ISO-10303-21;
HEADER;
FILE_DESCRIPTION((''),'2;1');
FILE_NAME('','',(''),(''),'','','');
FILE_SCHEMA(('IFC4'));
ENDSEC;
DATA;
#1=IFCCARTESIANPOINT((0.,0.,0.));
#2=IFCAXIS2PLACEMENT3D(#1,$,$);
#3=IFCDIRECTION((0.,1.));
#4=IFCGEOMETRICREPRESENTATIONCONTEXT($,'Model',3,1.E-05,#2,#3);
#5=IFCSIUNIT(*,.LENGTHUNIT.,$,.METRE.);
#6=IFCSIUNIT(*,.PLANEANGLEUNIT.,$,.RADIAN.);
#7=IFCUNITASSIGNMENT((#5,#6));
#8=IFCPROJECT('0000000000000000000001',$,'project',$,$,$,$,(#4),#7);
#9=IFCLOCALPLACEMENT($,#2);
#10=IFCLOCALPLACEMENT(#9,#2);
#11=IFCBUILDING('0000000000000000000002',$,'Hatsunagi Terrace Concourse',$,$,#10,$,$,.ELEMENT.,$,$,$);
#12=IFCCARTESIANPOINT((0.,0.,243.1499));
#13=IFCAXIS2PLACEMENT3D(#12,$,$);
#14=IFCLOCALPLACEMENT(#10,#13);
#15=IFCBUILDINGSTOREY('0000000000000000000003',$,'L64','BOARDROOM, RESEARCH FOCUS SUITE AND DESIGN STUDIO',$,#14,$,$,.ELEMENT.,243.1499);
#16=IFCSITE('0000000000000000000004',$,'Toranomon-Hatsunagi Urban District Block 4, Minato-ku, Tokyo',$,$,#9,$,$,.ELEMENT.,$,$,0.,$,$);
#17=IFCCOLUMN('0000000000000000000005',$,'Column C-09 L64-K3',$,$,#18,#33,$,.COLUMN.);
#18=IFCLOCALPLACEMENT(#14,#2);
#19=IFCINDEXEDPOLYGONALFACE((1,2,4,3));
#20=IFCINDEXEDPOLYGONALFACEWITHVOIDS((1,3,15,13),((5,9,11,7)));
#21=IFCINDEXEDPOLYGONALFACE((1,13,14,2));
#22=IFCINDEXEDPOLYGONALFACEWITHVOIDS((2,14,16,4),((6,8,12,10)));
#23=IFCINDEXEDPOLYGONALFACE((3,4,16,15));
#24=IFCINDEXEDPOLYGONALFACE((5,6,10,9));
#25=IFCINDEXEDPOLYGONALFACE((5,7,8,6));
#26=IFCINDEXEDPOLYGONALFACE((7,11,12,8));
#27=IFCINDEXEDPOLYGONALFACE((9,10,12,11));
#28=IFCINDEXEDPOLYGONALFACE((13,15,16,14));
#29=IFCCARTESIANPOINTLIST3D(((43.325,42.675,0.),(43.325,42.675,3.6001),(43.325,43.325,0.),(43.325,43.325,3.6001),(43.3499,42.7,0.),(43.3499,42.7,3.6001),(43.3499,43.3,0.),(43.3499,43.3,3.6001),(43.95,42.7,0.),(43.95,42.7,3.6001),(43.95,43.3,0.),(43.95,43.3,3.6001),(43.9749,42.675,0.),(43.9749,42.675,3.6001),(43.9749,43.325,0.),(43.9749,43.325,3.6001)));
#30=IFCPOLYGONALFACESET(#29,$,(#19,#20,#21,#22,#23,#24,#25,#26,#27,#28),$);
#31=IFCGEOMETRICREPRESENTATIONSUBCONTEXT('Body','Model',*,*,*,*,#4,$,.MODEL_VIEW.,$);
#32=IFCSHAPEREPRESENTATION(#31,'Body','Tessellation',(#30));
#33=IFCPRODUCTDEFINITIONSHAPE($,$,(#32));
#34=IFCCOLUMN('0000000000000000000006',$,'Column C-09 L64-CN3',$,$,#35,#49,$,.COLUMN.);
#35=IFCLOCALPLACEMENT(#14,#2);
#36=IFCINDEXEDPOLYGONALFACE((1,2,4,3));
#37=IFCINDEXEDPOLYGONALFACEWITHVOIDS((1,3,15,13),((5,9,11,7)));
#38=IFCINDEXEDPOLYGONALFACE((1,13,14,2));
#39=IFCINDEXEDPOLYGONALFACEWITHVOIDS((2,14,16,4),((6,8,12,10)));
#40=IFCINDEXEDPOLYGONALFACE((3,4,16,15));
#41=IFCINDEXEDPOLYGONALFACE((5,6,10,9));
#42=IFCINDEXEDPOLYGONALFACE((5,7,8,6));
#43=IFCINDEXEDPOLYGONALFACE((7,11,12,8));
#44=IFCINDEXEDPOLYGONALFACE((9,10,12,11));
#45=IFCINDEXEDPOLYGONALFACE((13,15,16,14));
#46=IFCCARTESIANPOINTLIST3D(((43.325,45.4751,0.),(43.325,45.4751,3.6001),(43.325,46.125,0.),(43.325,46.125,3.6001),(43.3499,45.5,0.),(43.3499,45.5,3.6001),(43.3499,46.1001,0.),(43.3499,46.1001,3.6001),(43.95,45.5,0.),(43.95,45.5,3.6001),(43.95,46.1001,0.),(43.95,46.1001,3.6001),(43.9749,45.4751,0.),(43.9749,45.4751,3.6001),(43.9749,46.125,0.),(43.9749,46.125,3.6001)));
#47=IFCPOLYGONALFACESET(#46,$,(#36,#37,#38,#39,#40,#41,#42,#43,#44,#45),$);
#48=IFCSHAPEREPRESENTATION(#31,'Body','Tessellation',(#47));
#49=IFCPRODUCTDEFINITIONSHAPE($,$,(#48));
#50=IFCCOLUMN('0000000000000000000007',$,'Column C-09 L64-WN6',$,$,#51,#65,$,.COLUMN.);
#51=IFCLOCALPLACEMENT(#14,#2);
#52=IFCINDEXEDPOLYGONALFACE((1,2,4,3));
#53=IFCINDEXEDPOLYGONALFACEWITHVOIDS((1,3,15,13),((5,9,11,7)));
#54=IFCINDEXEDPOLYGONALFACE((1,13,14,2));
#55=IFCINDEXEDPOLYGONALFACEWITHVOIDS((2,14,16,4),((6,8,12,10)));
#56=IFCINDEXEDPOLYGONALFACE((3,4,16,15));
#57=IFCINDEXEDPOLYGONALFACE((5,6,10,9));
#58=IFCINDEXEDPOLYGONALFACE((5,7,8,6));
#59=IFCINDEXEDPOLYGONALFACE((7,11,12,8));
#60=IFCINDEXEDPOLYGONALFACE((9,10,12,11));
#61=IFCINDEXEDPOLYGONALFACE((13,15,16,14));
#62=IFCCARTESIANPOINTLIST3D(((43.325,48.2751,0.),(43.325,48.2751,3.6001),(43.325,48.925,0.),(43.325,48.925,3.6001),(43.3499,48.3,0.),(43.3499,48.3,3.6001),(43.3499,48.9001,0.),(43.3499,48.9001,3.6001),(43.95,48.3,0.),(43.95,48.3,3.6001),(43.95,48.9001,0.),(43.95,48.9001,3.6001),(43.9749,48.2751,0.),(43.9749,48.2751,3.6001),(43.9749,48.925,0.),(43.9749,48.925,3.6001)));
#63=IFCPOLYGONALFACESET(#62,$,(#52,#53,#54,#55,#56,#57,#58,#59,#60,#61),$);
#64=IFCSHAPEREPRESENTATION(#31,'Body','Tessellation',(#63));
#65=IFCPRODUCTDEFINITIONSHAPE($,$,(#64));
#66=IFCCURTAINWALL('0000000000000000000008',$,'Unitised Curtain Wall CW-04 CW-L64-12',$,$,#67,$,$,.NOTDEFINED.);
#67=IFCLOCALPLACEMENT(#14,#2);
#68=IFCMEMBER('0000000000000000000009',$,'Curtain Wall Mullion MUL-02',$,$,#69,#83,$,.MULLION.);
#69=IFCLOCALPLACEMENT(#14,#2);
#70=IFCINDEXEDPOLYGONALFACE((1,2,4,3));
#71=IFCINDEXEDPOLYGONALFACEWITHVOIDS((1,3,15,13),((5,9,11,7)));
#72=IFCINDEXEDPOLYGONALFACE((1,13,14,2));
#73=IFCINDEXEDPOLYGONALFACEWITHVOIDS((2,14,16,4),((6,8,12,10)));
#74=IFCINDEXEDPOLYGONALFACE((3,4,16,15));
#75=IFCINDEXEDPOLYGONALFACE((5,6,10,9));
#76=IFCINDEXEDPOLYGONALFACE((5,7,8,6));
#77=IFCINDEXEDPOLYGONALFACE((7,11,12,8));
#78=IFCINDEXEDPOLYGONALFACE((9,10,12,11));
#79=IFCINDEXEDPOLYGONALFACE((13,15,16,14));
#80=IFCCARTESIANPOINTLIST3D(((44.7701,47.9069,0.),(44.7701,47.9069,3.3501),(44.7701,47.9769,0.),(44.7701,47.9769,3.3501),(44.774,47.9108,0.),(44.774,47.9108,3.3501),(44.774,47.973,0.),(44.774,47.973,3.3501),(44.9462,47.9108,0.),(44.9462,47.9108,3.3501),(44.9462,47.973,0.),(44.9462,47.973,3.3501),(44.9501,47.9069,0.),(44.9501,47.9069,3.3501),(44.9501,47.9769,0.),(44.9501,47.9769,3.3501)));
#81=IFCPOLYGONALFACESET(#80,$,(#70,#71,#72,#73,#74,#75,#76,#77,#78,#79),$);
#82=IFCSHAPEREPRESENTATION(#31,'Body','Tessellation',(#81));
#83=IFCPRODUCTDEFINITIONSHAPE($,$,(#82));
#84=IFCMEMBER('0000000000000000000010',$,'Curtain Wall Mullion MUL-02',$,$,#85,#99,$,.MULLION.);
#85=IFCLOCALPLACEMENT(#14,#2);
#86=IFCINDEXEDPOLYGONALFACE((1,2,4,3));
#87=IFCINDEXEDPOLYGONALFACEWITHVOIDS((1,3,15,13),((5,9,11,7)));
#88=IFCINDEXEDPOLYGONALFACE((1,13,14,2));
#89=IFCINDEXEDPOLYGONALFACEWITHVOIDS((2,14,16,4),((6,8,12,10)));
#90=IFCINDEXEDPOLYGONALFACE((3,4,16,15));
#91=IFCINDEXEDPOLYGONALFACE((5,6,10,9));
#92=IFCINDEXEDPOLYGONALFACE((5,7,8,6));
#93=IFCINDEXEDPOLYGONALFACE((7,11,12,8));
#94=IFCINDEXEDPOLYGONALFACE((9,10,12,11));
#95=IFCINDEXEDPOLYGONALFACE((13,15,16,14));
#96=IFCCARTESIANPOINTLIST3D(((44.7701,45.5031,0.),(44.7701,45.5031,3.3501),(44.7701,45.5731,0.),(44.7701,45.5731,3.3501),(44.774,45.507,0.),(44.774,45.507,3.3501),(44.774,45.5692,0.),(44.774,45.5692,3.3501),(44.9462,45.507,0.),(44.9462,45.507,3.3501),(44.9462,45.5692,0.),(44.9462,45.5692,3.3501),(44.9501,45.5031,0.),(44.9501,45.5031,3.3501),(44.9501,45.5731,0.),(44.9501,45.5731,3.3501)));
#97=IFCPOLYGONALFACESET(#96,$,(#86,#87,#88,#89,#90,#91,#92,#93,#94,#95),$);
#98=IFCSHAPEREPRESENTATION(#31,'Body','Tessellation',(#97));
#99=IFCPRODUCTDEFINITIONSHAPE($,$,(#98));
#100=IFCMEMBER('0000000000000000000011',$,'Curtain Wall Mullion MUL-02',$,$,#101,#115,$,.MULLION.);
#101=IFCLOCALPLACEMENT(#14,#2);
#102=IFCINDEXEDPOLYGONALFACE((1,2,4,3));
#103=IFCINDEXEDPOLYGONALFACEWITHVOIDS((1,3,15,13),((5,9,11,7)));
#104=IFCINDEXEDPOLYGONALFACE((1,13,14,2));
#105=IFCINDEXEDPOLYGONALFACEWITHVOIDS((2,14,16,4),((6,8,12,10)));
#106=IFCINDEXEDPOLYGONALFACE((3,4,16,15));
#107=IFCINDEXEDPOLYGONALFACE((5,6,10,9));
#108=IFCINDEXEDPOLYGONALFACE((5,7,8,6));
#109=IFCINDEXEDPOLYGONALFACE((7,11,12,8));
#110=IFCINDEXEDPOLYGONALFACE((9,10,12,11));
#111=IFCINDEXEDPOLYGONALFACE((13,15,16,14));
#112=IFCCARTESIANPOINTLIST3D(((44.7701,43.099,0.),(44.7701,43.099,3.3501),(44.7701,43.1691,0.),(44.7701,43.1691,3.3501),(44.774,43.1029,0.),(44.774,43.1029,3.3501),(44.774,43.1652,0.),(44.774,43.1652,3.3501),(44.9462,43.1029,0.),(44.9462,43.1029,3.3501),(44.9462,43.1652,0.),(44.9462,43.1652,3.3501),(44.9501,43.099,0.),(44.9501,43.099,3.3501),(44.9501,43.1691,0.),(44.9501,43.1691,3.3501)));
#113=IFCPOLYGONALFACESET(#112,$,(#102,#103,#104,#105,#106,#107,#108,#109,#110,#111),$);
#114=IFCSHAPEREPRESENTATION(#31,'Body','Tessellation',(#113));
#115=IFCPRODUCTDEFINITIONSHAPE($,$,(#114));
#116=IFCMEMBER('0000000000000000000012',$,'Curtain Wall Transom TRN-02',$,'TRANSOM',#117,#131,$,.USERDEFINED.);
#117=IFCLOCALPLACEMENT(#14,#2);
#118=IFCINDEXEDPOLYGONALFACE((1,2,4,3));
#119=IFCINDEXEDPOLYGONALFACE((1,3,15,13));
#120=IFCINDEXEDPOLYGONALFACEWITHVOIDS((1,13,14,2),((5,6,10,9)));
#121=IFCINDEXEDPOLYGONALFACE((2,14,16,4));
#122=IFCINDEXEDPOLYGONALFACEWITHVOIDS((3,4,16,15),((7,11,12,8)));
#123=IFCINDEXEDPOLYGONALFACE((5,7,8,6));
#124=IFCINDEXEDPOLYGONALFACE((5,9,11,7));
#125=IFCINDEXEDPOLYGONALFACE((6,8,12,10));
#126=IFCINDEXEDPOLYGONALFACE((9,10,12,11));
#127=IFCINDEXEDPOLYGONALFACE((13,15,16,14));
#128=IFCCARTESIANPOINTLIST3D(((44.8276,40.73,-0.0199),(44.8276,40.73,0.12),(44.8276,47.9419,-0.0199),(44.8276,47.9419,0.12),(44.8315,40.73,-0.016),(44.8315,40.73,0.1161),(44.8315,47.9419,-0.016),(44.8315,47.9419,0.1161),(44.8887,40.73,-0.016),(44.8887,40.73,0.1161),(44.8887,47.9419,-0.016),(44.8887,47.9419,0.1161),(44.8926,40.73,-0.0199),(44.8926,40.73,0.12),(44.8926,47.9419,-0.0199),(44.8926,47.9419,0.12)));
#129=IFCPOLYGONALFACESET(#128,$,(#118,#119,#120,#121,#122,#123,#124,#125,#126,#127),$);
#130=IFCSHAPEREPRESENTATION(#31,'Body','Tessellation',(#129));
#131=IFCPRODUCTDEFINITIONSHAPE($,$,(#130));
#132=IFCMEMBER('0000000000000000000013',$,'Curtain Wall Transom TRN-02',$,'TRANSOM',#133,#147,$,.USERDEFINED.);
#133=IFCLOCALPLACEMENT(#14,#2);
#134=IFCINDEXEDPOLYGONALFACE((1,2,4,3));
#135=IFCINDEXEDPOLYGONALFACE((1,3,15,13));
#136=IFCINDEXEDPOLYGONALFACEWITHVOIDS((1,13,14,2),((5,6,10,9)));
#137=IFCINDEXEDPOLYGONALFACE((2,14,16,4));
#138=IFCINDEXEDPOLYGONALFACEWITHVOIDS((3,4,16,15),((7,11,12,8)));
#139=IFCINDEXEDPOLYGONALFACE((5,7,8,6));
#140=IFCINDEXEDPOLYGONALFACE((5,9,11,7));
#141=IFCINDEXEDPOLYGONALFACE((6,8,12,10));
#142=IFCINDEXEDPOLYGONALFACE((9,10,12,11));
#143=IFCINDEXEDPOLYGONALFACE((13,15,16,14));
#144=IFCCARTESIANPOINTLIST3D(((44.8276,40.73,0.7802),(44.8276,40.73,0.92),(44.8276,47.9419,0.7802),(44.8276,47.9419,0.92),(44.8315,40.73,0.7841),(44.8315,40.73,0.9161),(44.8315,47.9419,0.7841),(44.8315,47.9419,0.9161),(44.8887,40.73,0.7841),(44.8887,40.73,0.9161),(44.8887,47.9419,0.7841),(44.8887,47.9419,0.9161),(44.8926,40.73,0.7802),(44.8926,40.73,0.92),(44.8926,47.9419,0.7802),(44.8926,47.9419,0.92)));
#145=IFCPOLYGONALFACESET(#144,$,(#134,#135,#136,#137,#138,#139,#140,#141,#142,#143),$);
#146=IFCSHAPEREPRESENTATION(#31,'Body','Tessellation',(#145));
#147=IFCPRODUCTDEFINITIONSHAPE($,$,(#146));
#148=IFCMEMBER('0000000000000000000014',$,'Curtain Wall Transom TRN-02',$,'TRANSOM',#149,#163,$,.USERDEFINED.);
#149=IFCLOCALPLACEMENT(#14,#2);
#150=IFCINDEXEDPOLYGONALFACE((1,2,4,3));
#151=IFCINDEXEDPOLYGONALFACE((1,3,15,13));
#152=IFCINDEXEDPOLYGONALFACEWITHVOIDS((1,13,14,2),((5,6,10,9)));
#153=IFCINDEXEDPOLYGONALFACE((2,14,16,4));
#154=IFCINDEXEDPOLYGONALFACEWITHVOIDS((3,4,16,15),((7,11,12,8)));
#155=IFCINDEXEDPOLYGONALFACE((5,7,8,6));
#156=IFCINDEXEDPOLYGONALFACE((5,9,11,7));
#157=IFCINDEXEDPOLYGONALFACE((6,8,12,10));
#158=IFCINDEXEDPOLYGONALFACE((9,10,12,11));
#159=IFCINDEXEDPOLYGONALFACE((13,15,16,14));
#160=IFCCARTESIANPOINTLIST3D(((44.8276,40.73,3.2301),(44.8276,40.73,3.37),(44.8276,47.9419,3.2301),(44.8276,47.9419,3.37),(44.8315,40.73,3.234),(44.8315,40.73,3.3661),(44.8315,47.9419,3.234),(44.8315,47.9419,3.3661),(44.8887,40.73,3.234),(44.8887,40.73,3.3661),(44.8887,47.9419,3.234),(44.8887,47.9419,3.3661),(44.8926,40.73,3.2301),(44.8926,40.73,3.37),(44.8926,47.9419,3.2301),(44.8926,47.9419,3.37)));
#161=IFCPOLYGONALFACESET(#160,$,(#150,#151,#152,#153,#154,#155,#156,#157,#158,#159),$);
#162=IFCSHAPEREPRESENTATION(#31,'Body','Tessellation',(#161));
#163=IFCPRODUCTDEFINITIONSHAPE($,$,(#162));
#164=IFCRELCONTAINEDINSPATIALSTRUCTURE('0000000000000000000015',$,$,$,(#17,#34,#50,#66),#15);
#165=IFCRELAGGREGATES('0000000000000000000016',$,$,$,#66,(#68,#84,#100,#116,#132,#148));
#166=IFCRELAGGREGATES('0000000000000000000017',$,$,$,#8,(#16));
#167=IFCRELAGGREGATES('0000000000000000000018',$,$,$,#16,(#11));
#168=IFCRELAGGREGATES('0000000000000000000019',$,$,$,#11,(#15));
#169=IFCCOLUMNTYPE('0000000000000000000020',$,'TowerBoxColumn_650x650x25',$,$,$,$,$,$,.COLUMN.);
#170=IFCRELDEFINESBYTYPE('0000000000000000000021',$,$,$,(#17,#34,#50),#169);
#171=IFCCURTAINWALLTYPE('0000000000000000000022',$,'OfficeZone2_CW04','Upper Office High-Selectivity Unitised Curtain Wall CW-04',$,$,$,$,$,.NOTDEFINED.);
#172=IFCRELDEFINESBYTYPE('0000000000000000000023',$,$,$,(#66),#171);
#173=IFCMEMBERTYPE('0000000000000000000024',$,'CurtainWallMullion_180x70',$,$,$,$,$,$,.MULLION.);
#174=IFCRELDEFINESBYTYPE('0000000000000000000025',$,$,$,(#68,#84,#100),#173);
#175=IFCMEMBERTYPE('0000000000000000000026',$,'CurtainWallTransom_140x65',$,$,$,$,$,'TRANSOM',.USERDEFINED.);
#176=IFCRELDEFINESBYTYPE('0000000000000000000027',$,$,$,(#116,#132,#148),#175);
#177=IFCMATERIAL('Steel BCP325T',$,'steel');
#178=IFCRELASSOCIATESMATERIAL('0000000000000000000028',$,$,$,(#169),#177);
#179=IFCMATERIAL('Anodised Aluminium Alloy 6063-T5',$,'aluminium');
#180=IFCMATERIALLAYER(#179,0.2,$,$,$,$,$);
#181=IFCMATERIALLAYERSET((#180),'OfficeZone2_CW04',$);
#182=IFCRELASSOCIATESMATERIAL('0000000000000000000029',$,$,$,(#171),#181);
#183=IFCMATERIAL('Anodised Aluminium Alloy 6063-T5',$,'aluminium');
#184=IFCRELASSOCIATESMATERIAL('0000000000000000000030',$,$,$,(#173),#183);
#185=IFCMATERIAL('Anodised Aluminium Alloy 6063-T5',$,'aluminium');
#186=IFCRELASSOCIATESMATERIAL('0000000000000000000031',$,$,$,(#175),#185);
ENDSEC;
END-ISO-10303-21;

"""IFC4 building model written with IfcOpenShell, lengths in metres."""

from ifc_helpers import new_model, si_unit, direction, frame, origin, origin_2d, place, context, subcontext, project, spatial, hollow_rectangle, extrude, material, layer, layer_set, material_profile, profile_set, type_object, element, aggregate, save


model = new_model("IFC4")

# Units and contexts
model_context = context("Model", 3, precision=1e-05, world=origin(), true_north=direction((0.0, 1.0)))
body_context = subcontext(model_context, "Body", "Model", "MODEL_VIEW")
ifc_project = project(units=[si_unit("LENGTHUNIT", "METRE"), si_unit("PLANEANGLEUNIT", "RADIAN")], contexts=[model_context])

# Site, building, storey
site_placement = place(None, origin())
site = spatial("IfcSite", under=ifc_project, at=site_placement, Name="Toranomon-Hatsunagi Urban District Block 4, Minato-ku, Tokyo", CompositionType="ELEMENT", RefElevation=0.0)
building_placement = place(site_placement, origin())
building = spatial("IfcBuilding", under=site, at=building_placement, Name="Hatsunagi Terrace Concourse", CompositionType="ELEMENT")
storey_placement = place(building_placement, frame((0.0, 0.0, 243.1499)))
storey = spatial("IfcBuildingStorey", under=building, at=storey_placement, Name="L64", Description="BOARDROOM, RESEARCH FOCUS SUITE AND DESIGN STUDIO", CompositionType="ELEMENT", Elevation=243.1499)

# Columns
ifc_material_1 = material(Name="Steel BCP325T", Category="steel")
ifc_material_profile_1 = material_profile(ifc_material_1, hollow_rectangle(XDim=0.6499, YDim=0.6499, WallThickness=0.0249, at=origin_2d()), Name="BCP-650x650x25")
ifc_profile_set_1 = profile_set([ifc_material_profile_1], Name="Steel BCP325T")
column_type = type_object("IfcColumnType", Name="TowerBoxColumn_650x650x25", PredefinedType="COLUMN", material=ifc_profile_set_1)
for number, where, z_axis, x_axis, name in (
    (1, (43.6499, 43.0, 0.0), (0.0, 0.0, 1.0), (1.0, 0.0, 0.0), "Column C-09 L64-K3"),
    (2, (43.6499, 45.8, 0.0), (0.0, 0.0, 1.0), (1.0, 0.0, 0.0), "Column C-09 L64-CN3"),
    (3, (43.6499, 48.6001, 0.0), (0.0, 0.0, 1.0), (1.0, 0.0, 0.0), "Column C-09 L64-WN6"),
):
    element("IfcColumn", number, at=place(storey_placement, frame(where, z_axis=z_axis, x_axis=x_axis)), inside=storey, type_object=column_type, Name=name, PredefinedType="COLUMN", context=body_context, shape_type="SweptSolid", body=[
        extrude(hollow_rectangle(XDim=0.6499, YDim=0.6499, WallThickness=0.0249, at=origin_2d()), origin(), (0.0, 0.0, 1.0), 3.6001),
    ])

# Curtain wall, members
ifc_material_2 = material(Name="Anodised Aluminium Alloy 6063-T5", Category="aluminium")
ifc_layer_1 = layer(ifc_material_2, 0.2)
ifc_layer_set_1 = layer_set([ifc_layer_1], Name="OfficeZone2_CW04")
curtain_wall_type = type_object("IfcCurtainWallType", Name="OfficeZone2_CW04", Description="Upper Office High-Selectivity Unitised Curtain Wall CW-04", PredefinedType="NOTDEFINED", material=ifc_layer_set_1)
curtain_wall_placement = place(storey_placement, origin())
curtain_wall = element("IfcCurtainWall", 4, at=curtain_wall_placement, inside=storey, type_object=curtain_wall_type, Name="Unitised Curtain Wall CW-04 CW-L64-12", PredefinedType="NOTDEFINED")
ifc_material_3 = material(Name="Anodised Aluminium Alloy 6063-T5", Category="aluminium")
ifc_material_profile_2 = material_profile(ifc_material_3, hollow_rectangle(XDim=0.0701, YDim=0.1799, WallThickness=0.0039, at=origin_2d()), Name="ALU-MUL-180x70x4")
ifc_profile_set_2 = profile_set([ifc_material_profile_2], Name="Anodised Aluminium Alloy 6063-T5")
member_type_1 = type_object("IfcMemberType", Name="CurtainWallMullion_180x70", PredefinedType="MULLION", material=ifc_profile_set_2)
member_1_placement = place(storey_placement, frame((44.8601, 47.9419, 0.0), z_axis=(0.0, 0.0, 1.0), x_axis=(0.0, -1.0, 0.0)))
member_1 = element("IfcMember", 5, at=member_1_placement, type_object=member_type_1, Name="Curtain Wall Mullion MUL-02", PredefinedType="MULLION", context=body_context, shape_type="SweptSolid", body=[
    extrude(hollow_rectangle(XDim=0.0701, YDim=0.1799, WallThickness=0.0039, at=origin_2d()), origin(), (0.0, 0.0, 1.0), 3.3501),
])
member_2_placement = place(storey_placement, frame((44.8601, 45.5381, 0.0), z_axis=(0.0, 0.0, 1.0), x_axis=(0.0, -1.0, 0.0)))
member_2 = element("IfcMember", 6, at=member_2_placement, type_object=member_type_1, Name="Curtain Wall Mullion MUL-02", PredefinedType="MULLION", context=body_context, shape_type="SweptSolid", body=[
    extrude(hollow_rectangle(XDim=0.0701, YDim=0.1799, WallThickness=0.0039, at=origin_2d()), origin(), (0.0, 0.0, 1.0), 3.3501),
])
member_3_placement = place(storey_placement, frame((44.8601, 43.134, 0.0), z_axis=(0.0, 0.0, 1.0), x_axis=(0.0, -1.0, 0.0)))
member_3 = element("IfcMember", 7, at=member_3_placement, type_object=member_type_1, Name="Curtain Wall Mullion MUL-02", PredefinedType="MULLION", context=body_context, shape_type="SweptSolid", body=[
    extrude(hollow_rectangle(XDim=0.0701, YDim=0.1799, WallThickness=0.0039, at=origin_2d()), origin(), (0.0, 0.0, 1.0), 3.3501),
])
ifc_material_4 = material(Name="Anodised Aluminium Alloy 6063-T5", Category="aluminium")
ifc_material_profile_3 = material_profile(ifc_material_4, hollow_rectangle(XDim=0.0649, YDim=0.1399, WallThickness=0.0039, at=origin_2d()), Name="ALU-TRN-140x65x4")
ifc_profile_set_3 = profile_set([ifc_material_profile_3], Name="Anodised Aluminium Alloy 6063-T5")
member_type_2 = type_object("IfcMemberType", Name="CurtainWallTransom_140x65", ElementType="TRANSOM", PredefinedType="USERDEFINED", material=ifc_profile_set_3)
member_4_placement = place(storey_placement, frame((44.8601, 47.9419, 0.05), z_axis=(0.0, -1.0, 0.0), x_axis=(1.0, 0.0, 0.0)))
member_4 = element("IfcMember", 8, at=member_4_placement, type_object=member_type_2, Name="Curtain Wall Transom TRN-02", ObjectType="TRANSOM", PredefinedType="USERDEFINED", context=body_context, shape_type="SweptSolid", body=[
    extrude(hollow_rectangle(XDim=0.0649, YDim=0.1399, WallThickness=0.0039, at=origin_2d()), origin(), (0.0, 0.0, 1.0), 7.2119),
])
member_5_placement = place(storey_placement, frame((44.8601, 47.9419, 0.8501), z_axis=(0.0, -1.0, 0.0), x_axis=(1.0, 0.0, 0.0)))
member_5 = element("IfcMember", 9, at=member_5_placement, type_object=member_type_2, Name="Curtain Wall Transom TRN-02", ObjectType="TRANSOM", PredefinedType="USERDEFINED", context=body_context, shape_type="SweptSolid", body=[
    extrude(hollow_rectangle(XDim=0.0649, YDim=0.1399, WallThickness=0.0039, at=origin_2d()), origin(), (0.0, 0.0, 1.0), 7.2119),
])
member_6_placement = place(storey_placement, frame((44.8601, 47.9419, 3.3), z_axis=(0.0, -1.0, 0.0), x_axis=(1.0, 0.0, 0.0)))
member_6 = element("IfcMember", 10, at=member_6_placement, type_object=member_type_2, Name="Curtain Wall Transom TRN-02", ObjectType="TRANSOM", PredefinedType="USERDEFINED", context=body_context, shape_type="SweptSolid", body=[
    extrude(hollow_rectangle(XDim=0.0649, YDim=0.1399, WallThickness=0.0039, at=origin_2d()), origin(), (0.0, 0.0, 1.0), 7.2119),
])

aggregate(curtain_wall, [member_1, member_2, member_3, member_4, member_5, member_6])

save(model, "model.ifc")
